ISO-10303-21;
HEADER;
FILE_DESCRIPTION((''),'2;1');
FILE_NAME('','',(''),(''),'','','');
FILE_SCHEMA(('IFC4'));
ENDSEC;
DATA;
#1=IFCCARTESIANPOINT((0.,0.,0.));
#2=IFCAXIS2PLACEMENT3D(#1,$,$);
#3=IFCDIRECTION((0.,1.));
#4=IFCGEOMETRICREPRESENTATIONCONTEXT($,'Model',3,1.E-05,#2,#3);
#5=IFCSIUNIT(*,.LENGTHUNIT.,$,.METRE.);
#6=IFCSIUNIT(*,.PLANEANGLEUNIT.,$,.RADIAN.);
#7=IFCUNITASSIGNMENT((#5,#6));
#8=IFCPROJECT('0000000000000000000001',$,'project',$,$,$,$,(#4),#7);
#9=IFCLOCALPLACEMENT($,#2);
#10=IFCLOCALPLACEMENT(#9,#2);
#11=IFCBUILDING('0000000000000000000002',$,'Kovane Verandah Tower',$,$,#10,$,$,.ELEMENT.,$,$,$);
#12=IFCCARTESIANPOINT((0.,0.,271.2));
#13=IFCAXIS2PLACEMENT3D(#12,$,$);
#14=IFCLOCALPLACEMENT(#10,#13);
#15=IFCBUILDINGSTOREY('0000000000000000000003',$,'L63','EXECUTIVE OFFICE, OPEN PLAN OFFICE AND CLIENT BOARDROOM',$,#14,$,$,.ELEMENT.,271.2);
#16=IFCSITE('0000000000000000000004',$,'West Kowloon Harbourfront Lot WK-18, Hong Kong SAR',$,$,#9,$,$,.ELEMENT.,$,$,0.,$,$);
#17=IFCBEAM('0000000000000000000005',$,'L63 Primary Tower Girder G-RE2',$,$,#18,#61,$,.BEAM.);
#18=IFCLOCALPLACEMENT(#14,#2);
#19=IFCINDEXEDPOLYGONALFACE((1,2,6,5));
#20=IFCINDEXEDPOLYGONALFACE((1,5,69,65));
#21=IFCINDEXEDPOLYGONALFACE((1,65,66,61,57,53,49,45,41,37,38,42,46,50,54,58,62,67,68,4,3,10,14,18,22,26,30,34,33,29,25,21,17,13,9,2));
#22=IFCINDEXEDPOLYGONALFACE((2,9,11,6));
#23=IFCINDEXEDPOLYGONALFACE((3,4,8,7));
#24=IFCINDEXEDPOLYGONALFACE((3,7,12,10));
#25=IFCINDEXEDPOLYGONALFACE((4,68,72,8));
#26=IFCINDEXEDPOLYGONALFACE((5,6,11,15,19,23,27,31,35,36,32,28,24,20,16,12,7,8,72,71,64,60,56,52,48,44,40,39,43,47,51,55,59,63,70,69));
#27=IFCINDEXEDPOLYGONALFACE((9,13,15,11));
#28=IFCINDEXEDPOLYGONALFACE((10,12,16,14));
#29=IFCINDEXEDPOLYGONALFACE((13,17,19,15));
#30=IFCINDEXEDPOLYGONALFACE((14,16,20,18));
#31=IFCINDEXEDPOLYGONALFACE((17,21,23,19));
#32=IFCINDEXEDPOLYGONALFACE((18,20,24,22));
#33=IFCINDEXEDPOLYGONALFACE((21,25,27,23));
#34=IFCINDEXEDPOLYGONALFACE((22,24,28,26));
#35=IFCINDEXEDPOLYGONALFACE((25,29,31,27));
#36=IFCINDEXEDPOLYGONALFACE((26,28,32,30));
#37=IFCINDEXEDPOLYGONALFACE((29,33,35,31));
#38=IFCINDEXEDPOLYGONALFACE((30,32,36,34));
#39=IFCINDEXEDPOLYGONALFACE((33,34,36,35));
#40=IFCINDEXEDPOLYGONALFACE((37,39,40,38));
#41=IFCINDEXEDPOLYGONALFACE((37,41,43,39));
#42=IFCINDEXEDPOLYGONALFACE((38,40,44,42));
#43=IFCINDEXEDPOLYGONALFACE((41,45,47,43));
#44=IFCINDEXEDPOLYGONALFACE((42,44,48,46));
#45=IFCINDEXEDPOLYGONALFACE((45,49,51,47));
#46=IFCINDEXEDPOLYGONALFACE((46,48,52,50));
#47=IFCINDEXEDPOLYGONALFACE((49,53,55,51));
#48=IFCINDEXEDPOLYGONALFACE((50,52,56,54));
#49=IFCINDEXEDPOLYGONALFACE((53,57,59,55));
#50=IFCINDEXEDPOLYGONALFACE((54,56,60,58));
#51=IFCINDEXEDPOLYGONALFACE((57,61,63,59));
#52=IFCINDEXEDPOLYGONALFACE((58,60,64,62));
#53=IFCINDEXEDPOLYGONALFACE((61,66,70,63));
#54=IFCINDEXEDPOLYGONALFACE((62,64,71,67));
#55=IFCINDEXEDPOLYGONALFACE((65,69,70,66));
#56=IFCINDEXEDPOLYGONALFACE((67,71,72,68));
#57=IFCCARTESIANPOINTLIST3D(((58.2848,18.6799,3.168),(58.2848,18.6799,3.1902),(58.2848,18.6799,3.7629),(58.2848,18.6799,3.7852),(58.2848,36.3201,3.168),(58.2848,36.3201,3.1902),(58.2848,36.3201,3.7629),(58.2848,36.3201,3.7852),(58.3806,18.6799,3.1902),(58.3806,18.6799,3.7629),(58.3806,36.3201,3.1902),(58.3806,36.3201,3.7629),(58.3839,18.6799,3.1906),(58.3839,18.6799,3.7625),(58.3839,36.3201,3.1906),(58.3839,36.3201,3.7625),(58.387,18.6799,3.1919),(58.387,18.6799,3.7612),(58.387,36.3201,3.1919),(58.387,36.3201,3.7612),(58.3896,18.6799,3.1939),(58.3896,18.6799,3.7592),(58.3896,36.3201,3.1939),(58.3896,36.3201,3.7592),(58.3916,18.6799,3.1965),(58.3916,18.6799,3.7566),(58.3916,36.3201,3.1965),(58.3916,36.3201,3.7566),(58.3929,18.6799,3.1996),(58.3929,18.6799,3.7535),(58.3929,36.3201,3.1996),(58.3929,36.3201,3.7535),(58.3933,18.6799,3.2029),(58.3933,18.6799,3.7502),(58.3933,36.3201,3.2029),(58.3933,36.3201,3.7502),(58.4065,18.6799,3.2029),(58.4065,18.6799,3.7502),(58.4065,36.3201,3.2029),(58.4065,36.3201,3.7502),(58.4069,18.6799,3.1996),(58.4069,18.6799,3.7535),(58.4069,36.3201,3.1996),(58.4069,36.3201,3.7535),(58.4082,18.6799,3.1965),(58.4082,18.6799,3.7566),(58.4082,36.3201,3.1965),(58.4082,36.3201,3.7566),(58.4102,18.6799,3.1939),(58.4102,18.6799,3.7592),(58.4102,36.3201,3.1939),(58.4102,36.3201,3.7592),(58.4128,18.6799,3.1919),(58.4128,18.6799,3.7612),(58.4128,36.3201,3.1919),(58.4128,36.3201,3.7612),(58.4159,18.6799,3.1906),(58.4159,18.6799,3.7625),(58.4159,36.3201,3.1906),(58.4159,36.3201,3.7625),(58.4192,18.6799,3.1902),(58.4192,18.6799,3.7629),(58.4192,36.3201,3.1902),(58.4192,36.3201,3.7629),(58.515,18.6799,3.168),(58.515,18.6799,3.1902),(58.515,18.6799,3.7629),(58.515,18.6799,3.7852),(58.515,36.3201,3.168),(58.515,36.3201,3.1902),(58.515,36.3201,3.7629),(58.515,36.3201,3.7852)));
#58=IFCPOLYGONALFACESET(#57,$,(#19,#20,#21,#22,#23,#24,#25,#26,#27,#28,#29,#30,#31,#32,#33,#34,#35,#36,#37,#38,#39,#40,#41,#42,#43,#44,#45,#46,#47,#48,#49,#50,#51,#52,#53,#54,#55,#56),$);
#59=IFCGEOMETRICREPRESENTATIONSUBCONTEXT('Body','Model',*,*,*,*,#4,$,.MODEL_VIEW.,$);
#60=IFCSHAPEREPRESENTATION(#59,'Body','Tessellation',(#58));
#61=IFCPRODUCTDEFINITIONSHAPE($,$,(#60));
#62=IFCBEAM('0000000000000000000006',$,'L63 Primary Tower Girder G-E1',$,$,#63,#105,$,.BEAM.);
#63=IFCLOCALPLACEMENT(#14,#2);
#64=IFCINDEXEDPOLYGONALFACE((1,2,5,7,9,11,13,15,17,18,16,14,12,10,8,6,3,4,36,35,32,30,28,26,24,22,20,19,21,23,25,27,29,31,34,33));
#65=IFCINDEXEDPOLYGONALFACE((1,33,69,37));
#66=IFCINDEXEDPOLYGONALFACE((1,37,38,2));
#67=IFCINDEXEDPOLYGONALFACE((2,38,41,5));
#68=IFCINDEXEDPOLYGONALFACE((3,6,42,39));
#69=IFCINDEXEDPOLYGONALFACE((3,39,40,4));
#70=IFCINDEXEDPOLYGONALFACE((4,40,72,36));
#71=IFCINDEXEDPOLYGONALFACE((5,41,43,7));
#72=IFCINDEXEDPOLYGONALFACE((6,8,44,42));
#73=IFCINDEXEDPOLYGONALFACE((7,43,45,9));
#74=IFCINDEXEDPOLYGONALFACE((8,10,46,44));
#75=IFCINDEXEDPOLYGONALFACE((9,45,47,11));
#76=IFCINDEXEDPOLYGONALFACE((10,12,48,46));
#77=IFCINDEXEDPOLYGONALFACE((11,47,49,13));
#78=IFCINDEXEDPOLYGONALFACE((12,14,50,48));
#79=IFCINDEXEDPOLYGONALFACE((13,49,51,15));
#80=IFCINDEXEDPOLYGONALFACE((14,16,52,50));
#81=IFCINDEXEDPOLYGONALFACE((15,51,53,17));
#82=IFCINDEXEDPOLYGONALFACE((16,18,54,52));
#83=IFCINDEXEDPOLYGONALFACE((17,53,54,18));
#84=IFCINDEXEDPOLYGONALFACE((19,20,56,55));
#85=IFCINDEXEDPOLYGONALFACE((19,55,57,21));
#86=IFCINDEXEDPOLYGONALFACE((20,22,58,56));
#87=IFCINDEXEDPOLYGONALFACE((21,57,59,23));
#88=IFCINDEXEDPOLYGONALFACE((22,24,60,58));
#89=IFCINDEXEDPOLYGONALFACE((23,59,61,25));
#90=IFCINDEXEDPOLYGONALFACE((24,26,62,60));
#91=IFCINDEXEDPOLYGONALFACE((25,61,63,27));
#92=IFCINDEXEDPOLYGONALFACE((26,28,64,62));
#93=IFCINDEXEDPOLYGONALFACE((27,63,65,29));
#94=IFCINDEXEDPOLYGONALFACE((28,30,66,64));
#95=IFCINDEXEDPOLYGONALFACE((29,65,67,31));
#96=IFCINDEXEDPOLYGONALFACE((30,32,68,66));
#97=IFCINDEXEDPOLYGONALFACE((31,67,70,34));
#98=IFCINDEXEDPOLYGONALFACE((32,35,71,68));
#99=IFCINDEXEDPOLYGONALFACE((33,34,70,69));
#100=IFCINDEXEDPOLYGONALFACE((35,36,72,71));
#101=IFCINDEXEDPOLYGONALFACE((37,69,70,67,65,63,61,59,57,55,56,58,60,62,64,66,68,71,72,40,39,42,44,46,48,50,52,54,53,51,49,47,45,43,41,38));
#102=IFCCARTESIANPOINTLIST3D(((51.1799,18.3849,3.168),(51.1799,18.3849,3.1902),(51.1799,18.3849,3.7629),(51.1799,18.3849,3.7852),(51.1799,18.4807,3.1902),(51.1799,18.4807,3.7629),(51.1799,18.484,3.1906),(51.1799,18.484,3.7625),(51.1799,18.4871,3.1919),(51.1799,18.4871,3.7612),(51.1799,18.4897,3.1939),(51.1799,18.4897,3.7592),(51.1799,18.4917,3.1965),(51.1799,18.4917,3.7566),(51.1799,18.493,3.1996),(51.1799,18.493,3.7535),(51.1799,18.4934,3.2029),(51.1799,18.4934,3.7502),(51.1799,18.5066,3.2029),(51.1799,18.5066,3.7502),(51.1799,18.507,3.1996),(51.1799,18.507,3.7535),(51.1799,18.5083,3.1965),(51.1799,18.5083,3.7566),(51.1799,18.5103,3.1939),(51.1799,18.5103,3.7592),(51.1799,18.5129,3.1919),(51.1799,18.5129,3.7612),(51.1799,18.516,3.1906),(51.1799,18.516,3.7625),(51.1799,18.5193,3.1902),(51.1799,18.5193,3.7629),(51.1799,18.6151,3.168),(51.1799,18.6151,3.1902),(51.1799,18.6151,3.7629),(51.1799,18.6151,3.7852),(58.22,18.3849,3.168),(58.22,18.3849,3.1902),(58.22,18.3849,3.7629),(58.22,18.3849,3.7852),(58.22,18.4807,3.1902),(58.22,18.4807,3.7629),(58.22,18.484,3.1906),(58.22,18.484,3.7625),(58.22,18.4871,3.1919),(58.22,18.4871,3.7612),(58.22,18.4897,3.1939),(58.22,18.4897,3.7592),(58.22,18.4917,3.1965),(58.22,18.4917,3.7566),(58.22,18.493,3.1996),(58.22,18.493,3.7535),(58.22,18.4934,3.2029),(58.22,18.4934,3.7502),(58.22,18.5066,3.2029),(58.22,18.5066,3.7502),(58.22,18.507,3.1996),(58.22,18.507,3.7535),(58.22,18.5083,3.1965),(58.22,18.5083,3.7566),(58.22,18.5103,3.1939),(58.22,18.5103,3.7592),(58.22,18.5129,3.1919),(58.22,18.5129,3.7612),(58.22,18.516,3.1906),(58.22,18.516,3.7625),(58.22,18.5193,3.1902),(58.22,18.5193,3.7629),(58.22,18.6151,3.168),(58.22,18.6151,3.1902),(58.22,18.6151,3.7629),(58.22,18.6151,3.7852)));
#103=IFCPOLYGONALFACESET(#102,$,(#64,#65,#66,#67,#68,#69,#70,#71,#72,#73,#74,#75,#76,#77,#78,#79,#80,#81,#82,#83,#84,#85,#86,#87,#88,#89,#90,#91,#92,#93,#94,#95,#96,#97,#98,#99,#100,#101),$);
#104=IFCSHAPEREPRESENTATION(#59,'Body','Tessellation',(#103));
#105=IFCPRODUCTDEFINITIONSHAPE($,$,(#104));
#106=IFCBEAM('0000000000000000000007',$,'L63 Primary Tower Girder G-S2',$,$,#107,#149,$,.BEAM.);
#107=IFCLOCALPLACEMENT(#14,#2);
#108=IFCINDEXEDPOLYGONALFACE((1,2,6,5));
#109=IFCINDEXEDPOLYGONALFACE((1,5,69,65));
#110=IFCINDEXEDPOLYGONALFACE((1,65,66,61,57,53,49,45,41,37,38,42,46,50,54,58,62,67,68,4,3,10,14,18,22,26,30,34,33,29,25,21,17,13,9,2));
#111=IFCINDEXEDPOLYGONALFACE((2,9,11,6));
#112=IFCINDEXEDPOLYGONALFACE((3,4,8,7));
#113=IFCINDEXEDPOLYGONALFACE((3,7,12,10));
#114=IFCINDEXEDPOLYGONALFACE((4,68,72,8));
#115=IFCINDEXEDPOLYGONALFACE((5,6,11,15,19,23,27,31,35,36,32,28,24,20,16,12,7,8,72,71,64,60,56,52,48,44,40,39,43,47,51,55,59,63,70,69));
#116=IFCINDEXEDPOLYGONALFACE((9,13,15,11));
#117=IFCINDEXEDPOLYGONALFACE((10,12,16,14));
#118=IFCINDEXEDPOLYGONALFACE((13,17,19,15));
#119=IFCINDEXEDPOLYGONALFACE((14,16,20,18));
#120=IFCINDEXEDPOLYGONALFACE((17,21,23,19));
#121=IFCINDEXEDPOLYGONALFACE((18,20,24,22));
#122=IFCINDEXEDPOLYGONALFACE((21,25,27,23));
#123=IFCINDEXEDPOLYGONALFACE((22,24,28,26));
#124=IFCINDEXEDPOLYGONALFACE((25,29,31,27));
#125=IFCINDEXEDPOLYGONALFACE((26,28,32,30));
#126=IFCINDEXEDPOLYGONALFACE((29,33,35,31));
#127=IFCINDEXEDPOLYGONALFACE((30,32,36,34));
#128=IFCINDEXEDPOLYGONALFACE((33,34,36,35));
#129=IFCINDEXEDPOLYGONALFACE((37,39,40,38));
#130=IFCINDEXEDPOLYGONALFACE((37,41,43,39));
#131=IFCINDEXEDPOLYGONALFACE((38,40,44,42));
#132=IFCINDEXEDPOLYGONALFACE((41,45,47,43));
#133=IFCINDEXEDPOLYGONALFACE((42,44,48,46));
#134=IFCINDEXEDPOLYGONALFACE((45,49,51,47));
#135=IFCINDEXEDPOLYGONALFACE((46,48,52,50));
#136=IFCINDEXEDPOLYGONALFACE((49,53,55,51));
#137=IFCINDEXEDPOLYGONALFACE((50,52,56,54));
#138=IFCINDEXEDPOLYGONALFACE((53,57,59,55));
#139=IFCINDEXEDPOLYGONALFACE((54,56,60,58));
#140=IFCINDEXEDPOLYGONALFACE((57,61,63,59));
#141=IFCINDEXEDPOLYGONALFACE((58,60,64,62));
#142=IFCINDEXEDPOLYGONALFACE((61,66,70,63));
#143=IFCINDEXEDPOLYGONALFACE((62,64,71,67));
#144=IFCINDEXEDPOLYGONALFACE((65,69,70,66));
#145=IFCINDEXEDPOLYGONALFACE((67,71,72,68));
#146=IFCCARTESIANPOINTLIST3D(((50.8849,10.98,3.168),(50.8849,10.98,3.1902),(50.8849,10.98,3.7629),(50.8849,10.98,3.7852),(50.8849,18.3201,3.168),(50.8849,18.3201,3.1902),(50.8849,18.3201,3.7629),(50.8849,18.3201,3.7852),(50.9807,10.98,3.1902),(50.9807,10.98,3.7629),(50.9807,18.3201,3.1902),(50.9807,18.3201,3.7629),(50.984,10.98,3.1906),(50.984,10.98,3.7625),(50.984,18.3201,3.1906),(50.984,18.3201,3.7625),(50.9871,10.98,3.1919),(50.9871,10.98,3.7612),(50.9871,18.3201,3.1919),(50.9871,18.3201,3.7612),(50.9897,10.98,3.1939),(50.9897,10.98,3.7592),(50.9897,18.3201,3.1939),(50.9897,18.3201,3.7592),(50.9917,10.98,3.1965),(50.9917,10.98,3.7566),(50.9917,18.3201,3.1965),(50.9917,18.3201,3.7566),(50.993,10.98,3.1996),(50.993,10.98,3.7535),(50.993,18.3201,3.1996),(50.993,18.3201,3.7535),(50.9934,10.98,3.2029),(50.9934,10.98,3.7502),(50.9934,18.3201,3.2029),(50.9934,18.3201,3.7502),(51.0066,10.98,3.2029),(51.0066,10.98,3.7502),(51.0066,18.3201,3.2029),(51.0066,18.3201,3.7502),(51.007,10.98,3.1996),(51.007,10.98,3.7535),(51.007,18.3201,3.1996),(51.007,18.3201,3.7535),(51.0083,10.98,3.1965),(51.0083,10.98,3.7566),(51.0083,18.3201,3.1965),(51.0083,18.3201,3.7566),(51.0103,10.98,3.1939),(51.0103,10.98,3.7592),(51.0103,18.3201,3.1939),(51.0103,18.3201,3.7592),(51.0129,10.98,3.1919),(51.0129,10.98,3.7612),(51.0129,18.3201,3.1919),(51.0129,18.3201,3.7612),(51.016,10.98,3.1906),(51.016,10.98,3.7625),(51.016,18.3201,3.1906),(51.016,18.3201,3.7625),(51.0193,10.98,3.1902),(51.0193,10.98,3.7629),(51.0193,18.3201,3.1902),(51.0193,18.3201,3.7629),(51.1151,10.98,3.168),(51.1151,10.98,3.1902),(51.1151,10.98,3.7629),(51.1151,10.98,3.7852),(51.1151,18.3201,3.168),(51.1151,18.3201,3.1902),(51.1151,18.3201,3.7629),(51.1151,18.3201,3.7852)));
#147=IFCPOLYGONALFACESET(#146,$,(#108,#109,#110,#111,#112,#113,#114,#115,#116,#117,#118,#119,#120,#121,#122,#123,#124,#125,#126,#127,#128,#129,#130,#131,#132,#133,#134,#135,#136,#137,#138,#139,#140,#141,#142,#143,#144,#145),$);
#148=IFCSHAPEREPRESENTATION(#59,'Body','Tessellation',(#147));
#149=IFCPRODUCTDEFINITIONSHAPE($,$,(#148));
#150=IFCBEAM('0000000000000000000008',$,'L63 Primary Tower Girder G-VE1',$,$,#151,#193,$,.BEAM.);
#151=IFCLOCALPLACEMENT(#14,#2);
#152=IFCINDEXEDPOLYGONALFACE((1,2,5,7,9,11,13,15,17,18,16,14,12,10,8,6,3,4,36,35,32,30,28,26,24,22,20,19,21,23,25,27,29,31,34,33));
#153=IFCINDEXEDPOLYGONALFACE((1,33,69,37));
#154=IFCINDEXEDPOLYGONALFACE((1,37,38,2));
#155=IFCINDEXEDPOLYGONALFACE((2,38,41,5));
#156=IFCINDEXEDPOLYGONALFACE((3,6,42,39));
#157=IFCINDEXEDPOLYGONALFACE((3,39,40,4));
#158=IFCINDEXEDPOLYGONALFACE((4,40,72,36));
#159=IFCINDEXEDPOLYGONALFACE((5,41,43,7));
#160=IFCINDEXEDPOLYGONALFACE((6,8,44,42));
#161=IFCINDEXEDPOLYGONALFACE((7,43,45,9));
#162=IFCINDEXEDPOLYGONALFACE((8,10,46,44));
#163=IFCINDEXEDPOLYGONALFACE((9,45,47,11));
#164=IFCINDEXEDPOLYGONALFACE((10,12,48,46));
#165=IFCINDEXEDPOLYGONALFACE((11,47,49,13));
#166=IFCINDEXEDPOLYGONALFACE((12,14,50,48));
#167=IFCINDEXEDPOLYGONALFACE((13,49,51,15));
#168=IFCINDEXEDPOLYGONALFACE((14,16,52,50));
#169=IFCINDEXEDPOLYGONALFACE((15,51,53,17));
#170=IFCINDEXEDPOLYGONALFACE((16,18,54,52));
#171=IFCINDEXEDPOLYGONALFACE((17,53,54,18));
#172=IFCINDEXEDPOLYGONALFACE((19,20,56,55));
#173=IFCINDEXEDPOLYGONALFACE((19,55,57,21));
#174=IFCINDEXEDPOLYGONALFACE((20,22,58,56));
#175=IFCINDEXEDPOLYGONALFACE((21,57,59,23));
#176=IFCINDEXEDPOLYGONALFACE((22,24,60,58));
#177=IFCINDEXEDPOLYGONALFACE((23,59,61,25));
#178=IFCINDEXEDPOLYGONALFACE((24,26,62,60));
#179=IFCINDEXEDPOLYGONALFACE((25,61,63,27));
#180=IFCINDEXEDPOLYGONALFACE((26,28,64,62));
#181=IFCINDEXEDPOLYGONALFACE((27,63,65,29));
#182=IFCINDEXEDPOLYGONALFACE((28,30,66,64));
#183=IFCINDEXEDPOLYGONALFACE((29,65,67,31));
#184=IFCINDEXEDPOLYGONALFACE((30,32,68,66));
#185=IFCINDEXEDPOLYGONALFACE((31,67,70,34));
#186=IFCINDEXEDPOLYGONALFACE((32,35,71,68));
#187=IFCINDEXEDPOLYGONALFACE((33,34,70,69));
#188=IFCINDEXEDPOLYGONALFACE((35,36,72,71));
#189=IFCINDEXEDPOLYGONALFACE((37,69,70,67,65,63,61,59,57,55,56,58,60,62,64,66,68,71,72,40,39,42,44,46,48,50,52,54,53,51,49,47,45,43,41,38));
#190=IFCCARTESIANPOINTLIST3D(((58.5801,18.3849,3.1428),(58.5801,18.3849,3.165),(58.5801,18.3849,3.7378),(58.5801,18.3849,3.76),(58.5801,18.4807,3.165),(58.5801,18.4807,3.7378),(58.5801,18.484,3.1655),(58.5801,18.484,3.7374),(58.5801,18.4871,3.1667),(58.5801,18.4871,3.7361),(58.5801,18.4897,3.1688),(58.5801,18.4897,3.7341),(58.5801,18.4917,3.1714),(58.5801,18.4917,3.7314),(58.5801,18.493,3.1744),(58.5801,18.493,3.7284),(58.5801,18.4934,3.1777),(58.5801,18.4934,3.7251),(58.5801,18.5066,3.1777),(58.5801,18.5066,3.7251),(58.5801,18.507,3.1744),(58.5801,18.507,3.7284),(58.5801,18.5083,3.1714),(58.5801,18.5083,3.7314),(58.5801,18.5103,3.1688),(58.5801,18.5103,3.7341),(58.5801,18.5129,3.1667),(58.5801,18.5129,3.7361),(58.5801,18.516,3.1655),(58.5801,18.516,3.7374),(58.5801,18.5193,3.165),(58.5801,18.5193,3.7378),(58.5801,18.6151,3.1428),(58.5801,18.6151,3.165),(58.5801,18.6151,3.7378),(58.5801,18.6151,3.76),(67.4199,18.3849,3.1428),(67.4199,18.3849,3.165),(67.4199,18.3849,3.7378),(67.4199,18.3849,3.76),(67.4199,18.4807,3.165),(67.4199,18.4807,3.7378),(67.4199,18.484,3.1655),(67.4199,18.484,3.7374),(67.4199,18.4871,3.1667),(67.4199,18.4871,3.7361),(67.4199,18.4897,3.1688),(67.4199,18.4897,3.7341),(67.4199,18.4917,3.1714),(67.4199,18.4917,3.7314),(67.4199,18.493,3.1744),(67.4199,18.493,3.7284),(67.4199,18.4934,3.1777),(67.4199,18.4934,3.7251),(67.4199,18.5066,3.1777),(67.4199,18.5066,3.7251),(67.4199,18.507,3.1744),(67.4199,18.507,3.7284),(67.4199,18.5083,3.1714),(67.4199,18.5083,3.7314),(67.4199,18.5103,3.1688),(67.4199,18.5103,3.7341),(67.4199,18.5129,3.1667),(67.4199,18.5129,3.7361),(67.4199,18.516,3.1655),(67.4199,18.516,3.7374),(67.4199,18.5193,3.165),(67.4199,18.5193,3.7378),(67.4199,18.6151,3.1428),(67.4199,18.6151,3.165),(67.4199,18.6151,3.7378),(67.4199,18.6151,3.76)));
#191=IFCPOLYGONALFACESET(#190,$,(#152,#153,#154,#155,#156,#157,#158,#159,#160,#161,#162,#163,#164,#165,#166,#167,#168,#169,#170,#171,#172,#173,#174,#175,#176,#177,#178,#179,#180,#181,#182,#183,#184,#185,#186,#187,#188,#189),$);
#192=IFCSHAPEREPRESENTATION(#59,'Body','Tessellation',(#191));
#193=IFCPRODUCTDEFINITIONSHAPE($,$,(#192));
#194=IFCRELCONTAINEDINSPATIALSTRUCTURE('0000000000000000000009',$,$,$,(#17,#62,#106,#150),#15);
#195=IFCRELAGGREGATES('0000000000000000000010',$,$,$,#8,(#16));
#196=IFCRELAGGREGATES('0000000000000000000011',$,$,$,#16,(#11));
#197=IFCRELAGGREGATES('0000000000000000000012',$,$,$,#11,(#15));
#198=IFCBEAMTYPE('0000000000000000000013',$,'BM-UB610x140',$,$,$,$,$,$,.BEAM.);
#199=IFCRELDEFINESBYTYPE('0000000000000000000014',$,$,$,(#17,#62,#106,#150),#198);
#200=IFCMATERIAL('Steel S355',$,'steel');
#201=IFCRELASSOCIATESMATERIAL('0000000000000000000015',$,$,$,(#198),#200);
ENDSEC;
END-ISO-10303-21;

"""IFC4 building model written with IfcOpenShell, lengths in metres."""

from ifc_helpers import new_model, si_unit, direction, frame, origin, origin_2d, place, context, subcontext, project, spatial, i_section, extrude, material, material_profile, profile_set, type_object, element, save


model = new_model("IFC4")

# Units and contexts
model_context = context("Model", 3, precision=1e-05, world=origin(), true_north=direction((0.0, 1.0)))
body_context = subcontext(model_context, "Body", "Model", "MODEL_VIEW")
ifc_project = project(units=[si_unit("LENGTHUNIT", "METRE"), si_unit("PLANEANGLEUNIT", "RADIAN")], contexts=[model_context])

# Site, building, storey
site_placement = place(None, origin())
site = spatial("IfcSite", under=ifc_project, at=site_placement, Name="West Kowloon Harbourfront Lot WK-18, Hong Kong SAR", CompositionType="ELEMENT", RefElevation=0.0)
building_placement = place(site_placement, origin())
building = spatial("IfcBuilding", under=site, at=building_placement, Name="Kovane Verandah Tower", CompositionType="ELEMENT")
storey_placement = place(building_placement, frame((0.0, 0.0, 271.2)))
storey = spatial("IfcBuildingStorey", under=building, at=storey_placement, Name="L63", Description="EXECUTIVE OFFICE, OPEN PLAN OFFICE AND CLIENT BOARDROOM", CompositionType="ELEMENT", Elevation=271.2)

# Beams
ifc_material_1 = material(Name="Steel S355", Category="steel")
ifc_material_profile_1 = material_profile(ifc_material_1, i_section(OverallWidth=0.2302, OverallDepth=0.6172, WebThickness=0.0132, FlangeThickness=0.0222, FilletRadius=0.0127, at=origin_2d()), Name="UB610x229x140")
ifc_profile_set_1 = profile_set([ifc_material_profile_1], Name="Steel S355")
beam_type_1 = type_object("IfcBeamType", Name="BM-UB610x140", PredefinedType="BEAM", material=ifc_profile_set_1)
beam_1_placement = place(storey_placement, frame((58.3999, 18.6799, 3.4766), z_axis=(0.0, 1.0, 0.0), x_axis=(-1.0, 0.0, 0.0)))
element("IfcBeam", 1, at=beam_1_placement, inside=storey, type_object=beam_type_1, Name="L63 Primary Tower Girder G-RE2", PredefinedType="BEAM", context=body_context, shape_type="SweptSolid", body=[
    extrude(i_section(OverallWidth=0.2302, OverallDepth=0.6172, WebThickness=0.0132, FlangeThickness=0.0222, FilletRadius=0.0127, at=origin_2d()), origin(), (0.0, 0.0, 1.0), 17.6401),
])
beam_2_placement = place(storey_placement, frame((51.1799, 18.5, 3.4766), z_axis=(1.0, 0.0, 0.0), x_axis=(0.0, 1.0, 0.0)))
element("IfcBeam", 2, at=beam_2_placement, inside=storey, type_object=beam_type_1, Name="L63 Primary Tower Girder G-E1", PredefinedType="BEAM", context=body_context, shape_type="SweptSolid", body=[
    extrude(i_section(OverallWidth=0.2302, OverallDepth=0.6172, WebThickness=0.0132, FlangeThickness=0.0222, FilletRadius=0.0127, at=origin_2d()), origin(), (0.0, 0.0, 1.0), 7.04),
])
beam_3_placement = place(storey_placement, frame((51.0, 18.3201, 3.4766), z_axis=(0.0, -1.0, 0.0), x_axis=(1.0, 0.0, 0.0)))
element("IfcBeam", 3, at=beam_3_placement, inside=storey, type_object=beam_type_1, Name="L63 Primary Tower Girder G-S2", PredefinedType="BEAM", context=body_context, shape_type="SweptSolid", body=[
    extrude(i_section(OverallWidth=0.2302, OverallDepth=0.6172, WebThickness=0.0132, FlangeThickness=0.0222, FilletRadius=0.0127, at=origin_2d()), origin(), (0.0, 0.0, 1.0), 7.3401),
])
beam_4_placement = place(storey_placement, frame((58.5801, 18.5, 3.4514), z_axis=(1.0, 0.0, 0.0), x_axis=(0.0, 1.0, 0.0)))
element("IfcBeam", 4, at=beam_4_placement, inside=storey, type_object=beam_type_1, Name="L63 Primary Tower Girder G-VE1", PredefinedType="BEAM", context=body_context, shape_type="SweptSolid", body=[
    extrude(i_section(OverallWidth=0.2302, OverallDepth=0.6172, WebThickness=0.0132, FlangeThickness=0.0222, FilletRadius=0.0127, at=origin_2d()), origin(), (0.0, 0.0, 1.0), 8.8398),
])

save(model, "model.ifc")
